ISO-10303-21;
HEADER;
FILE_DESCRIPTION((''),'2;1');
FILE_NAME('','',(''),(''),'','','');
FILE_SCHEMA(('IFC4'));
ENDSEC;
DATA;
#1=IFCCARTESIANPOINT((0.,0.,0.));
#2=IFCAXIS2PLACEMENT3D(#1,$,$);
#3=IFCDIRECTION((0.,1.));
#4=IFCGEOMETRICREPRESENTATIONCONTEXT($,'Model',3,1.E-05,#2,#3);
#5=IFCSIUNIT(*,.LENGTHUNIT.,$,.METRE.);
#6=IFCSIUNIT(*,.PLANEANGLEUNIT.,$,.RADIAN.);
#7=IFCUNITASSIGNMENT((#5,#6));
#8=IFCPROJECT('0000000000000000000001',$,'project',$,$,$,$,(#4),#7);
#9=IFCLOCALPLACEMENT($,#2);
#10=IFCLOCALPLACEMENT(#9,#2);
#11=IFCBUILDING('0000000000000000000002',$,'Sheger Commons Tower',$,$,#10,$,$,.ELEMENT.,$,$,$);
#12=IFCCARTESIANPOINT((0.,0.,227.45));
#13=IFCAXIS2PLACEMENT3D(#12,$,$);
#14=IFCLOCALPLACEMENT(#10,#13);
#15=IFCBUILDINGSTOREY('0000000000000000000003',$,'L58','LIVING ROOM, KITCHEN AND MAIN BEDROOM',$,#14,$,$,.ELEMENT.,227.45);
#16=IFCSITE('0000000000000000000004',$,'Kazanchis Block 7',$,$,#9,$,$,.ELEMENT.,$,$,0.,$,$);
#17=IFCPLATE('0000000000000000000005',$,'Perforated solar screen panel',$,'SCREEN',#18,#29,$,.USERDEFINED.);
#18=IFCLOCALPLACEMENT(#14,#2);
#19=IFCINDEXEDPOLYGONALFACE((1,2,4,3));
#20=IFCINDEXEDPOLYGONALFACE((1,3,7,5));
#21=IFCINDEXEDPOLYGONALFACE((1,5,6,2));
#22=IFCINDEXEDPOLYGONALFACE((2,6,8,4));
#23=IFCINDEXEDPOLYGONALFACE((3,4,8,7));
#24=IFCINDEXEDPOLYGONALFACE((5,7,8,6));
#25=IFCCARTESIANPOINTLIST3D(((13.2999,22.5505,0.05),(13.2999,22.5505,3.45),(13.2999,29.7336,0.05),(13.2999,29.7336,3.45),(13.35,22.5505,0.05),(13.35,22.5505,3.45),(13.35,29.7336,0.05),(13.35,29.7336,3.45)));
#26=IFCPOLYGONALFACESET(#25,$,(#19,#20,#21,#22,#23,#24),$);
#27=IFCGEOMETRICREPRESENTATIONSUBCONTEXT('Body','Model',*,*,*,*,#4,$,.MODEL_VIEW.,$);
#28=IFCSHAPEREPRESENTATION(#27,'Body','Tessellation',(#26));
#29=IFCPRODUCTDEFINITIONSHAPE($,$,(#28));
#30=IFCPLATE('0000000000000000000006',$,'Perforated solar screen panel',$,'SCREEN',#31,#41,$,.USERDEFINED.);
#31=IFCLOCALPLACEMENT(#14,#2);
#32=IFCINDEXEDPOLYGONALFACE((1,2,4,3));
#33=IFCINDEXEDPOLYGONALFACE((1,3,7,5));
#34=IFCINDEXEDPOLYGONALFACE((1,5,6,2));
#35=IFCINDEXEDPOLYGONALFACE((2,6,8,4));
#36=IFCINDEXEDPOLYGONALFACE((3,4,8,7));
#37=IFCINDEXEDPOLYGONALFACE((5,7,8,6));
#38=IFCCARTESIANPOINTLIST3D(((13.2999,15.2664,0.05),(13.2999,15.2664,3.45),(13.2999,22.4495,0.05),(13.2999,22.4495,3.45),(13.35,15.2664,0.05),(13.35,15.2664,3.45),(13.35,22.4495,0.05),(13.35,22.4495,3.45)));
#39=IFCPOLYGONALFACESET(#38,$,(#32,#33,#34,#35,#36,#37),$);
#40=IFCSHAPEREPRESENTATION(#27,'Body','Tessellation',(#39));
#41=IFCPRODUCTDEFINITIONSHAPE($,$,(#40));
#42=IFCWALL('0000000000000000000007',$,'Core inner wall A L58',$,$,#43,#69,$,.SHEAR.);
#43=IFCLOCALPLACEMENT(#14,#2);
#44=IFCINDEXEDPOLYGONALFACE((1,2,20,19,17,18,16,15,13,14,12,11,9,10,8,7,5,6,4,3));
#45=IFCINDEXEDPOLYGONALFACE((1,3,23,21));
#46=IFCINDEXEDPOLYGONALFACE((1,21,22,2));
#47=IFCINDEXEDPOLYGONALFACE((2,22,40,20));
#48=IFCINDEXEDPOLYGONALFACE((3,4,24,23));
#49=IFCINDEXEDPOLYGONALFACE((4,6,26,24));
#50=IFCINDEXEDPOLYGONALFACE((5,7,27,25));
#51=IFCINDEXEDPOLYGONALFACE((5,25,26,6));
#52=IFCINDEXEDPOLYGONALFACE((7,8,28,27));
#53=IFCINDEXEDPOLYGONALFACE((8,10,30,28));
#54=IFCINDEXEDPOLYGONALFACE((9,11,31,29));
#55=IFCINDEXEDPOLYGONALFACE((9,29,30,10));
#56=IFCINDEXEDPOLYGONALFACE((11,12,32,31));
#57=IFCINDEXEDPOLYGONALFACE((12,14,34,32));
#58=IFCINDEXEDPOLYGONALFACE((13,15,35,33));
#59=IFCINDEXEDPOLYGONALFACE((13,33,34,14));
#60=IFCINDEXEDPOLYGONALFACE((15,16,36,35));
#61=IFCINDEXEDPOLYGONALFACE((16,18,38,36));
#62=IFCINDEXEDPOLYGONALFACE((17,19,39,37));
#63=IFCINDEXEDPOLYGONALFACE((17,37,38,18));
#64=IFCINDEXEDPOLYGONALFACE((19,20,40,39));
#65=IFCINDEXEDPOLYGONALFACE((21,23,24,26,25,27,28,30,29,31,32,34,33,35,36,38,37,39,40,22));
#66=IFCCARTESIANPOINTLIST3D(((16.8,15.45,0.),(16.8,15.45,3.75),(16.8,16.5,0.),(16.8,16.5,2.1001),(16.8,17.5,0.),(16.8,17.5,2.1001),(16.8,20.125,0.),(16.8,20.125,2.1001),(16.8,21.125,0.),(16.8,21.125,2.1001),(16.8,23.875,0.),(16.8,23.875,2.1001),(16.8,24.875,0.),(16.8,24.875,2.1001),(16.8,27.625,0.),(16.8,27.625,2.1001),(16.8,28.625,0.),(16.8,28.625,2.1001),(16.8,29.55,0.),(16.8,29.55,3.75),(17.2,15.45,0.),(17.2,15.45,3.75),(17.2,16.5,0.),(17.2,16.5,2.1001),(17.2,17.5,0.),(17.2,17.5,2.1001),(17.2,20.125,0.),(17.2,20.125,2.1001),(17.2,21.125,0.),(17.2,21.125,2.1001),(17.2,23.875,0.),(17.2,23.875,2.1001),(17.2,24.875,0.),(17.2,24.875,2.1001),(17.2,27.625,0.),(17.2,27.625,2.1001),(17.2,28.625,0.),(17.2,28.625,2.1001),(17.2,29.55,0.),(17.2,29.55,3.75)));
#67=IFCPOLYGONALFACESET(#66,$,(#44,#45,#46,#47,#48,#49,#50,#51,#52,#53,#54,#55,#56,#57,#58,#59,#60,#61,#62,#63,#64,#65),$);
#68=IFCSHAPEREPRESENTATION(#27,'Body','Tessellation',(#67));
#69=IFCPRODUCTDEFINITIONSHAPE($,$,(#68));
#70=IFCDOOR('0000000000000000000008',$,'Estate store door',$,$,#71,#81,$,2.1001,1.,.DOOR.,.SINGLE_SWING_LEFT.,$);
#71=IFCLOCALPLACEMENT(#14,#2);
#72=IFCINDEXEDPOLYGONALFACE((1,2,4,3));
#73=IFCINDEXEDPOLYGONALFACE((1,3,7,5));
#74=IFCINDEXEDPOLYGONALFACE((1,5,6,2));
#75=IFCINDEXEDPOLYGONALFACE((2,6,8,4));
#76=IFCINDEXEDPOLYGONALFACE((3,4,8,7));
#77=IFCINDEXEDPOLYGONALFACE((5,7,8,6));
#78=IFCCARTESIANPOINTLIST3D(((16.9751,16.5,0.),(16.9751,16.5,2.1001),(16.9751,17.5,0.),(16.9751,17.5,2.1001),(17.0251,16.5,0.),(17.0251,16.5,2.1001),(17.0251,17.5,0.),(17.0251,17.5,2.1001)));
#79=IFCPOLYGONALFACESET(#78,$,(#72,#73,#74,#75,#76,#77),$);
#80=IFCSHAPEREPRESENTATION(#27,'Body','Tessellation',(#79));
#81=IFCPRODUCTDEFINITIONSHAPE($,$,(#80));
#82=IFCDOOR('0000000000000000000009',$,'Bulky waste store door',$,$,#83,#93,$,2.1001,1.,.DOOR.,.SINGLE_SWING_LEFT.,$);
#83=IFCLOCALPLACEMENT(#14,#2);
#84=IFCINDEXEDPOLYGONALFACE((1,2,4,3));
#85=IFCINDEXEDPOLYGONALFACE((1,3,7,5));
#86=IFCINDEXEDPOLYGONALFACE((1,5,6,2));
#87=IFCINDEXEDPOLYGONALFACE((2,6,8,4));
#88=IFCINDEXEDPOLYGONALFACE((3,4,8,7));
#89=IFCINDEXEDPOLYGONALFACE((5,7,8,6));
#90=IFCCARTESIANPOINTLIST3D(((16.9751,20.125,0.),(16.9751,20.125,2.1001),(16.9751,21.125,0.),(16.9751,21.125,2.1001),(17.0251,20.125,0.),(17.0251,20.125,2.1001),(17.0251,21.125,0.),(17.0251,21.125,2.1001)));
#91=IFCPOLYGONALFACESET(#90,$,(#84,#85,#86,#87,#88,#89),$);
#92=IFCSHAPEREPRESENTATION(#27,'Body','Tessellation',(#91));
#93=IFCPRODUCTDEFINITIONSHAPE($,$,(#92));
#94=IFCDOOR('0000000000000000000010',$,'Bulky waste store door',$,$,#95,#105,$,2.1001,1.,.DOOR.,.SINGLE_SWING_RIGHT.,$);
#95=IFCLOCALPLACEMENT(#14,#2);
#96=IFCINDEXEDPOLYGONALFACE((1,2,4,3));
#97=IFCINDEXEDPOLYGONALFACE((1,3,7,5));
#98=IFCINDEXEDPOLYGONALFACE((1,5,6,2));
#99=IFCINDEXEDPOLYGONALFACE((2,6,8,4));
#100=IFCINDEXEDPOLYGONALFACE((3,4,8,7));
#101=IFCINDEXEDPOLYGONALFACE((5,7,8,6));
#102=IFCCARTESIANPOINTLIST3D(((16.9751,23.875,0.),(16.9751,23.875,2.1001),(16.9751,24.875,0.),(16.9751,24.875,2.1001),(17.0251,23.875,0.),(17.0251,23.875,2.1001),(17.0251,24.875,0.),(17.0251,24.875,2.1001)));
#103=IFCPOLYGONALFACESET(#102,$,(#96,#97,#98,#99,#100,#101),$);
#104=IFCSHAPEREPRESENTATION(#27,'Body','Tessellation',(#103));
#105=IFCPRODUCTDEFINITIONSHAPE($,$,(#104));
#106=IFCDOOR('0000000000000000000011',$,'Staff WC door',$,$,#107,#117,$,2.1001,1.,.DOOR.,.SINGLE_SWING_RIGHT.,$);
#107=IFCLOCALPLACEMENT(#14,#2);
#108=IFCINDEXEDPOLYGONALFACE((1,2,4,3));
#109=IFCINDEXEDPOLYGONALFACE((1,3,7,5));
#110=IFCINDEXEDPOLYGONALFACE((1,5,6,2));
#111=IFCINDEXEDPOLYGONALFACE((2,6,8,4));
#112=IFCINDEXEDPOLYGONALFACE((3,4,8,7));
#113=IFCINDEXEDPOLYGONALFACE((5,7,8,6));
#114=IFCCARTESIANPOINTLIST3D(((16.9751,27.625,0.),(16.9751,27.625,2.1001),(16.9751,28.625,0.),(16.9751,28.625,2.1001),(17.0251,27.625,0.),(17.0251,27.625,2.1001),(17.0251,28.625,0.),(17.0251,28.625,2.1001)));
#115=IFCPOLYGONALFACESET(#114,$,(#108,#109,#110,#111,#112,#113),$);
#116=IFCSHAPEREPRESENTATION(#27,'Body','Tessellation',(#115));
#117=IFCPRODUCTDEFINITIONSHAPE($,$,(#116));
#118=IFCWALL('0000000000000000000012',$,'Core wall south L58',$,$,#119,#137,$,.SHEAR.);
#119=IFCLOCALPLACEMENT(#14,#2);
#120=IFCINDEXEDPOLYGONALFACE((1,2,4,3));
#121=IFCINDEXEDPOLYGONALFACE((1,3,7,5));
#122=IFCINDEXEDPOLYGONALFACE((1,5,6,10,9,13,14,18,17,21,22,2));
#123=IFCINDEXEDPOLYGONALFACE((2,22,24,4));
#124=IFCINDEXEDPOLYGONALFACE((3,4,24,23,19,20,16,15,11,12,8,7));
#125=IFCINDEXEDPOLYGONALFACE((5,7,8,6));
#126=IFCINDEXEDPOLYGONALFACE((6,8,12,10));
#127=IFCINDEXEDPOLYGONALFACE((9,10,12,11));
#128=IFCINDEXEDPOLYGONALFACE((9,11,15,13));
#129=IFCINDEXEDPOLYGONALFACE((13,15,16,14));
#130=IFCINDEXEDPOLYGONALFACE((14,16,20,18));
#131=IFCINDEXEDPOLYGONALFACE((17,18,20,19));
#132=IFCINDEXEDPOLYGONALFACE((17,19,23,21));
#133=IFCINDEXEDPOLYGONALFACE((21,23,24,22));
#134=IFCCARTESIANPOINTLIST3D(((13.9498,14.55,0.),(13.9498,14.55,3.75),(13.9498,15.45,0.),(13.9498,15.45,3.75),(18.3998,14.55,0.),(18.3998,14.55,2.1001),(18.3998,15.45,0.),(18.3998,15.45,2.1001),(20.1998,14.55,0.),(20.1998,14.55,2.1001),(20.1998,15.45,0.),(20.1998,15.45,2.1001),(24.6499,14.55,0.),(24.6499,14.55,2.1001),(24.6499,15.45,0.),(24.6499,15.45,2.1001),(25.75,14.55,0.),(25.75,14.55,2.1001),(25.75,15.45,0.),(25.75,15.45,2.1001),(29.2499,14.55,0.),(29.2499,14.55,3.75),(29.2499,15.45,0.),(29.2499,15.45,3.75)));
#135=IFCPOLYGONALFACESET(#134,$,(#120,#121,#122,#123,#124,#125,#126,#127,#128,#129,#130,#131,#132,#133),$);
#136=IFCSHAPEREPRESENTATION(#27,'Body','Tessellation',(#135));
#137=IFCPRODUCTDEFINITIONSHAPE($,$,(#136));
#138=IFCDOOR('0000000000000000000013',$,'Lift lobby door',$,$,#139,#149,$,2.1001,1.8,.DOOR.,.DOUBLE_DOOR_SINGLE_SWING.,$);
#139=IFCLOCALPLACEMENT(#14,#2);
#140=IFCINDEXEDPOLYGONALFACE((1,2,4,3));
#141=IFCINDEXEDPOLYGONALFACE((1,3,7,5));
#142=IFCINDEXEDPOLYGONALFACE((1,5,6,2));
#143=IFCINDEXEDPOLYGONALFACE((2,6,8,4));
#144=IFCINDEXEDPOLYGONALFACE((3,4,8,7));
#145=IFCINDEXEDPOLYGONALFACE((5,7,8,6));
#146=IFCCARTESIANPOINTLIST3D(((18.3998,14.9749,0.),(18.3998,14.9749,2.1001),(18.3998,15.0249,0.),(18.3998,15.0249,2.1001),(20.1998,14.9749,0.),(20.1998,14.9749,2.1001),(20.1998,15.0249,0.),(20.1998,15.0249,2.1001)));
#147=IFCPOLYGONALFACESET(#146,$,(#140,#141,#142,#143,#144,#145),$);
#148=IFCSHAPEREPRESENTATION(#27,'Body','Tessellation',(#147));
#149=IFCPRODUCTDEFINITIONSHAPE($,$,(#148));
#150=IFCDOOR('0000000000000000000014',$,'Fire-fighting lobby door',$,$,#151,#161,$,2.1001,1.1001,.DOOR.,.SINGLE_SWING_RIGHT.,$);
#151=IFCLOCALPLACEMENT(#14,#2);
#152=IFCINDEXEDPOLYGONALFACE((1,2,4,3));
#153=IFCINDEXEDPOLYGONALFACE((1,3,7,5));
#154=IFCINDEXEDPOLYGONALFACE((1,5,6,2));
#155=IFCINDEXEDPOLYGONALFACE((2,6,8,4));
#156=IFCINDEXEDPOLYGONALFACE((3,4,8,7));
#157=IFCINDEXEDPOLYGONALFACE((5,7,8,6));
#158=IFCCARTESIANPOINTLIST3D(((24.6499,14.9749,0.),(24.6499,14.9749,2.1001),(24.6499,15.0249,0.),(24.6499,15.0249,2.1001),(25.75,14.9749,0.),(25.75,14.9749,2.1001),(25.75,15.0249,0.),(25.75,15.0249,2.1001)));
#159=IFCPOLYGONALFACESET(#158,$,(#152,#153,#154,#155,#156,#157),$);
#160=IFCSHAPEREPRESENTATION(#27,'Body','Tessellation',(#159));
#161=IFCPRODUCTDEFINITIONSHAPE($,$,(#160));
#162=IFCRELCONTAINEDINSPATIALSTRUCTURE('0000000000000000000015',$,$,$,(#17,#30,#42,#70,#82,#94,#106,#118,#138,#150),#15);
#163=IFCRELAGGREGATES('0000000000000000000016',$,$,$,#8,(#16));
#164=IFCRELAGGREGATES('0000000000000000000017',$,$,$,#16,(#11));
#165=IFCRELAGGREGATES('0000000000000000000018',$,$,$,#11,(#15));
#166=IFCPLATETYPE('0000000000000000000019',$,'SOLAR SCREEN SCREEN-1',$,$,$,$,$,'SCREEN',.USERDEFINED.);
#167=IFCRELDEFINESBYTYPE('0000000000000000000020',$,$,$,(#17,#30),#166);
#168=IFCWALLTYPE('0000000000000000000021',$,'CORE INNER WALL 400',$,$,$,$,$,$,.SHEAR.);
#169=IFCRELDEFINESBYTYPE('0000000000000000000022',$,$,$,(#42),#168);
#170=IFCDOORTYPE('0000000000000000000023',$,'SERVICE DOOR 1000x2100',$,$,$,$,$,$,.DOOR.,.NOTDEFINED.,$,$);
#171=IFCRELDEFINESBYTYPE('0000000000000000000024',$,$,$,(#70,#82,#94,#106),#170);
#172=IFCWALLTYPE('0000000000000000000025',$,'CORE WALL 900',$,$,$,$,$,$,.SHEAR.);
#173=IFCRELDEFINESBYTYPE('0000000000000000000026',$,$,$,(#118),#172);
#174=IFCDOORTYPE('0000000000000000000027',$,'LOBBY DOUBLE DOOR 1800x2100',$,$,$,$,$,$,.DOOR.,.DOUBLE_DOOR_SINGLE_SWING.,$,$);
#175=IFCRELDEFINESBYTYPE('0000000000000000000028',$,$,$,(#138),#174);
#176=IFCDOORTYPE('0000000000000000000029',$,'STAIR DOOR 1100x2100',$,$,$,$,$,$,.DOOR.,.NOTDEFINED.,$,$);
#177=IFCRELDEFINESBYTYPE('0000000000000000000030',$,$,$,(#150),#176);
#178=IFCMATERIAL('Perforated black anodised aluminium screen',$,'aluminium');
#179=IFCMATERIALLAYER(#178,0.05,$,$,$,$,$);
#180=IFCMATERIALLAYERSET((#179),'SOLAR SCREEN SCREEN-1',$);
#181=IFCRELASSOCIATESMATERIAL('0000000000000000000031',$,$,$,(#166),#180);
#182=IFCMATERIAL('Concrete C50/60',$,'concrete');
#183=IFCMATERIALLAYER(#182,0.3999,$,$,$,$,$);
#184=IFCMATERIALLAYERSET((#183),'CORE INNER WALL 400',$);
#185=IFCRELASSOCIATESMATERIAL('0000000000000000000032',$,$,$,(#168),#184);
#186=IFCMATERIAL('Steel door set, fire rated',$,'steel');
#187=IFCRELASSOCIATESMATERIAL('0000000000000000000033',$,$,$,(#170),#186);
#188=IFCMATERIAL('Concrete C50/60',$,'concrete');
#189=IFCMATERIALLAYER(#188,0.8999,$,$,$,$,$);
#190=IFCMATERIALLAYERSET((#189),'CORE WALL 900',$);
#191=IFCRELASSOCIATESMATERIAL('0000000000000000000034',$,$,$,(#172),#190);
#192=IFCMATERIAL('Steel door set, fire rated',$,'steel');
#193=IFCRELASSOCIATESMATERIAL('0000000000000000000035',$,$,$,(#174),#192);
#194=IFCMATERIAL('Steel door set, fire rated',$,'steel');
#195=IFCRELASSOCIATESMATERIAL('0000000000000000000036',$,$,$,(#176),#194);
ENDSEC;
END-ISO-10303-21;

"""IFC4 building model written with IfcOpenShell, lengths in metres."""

from ifc_helpers import new_model, si_unit, direction, frame, frame_2d, origin, origin_2d, place, context, subcontext, project, spatial, rectangle, extrude, material, layer, layer_set, type_object, element, fill, save


model = new_model("IFC4")

# Units and contexts
model_context = context("Model", 3, precision=1e-05, world=origin(), true_north=direction((0.0, 1.0)))
body_context = subcontext(model_context, "Body", "Model", "MODEL_VIEW")
ifc_project = project(units=[si_unit("LENGTHUNIT", "METRE"), si_unit("PLANEANGLEUNIT", "RADIAN")], contexts=[model_context])

# Site, building, storey
site_placement = place(None, origin())
site = spatial("IfcSite", under=ifc_project, at=site_placement, Name="Kazanchis Block 7", CompositionType="ELEMENT", RefElevation=0.0)
building_placement = place(site_placement, origin())
building = spatial("IfcBuilding", under=site, at=building_placement, Name="Sheger Commons Tower", CompositionType="ELEMENT")
storey_placement = place(building_placement, frame((0.0, 0.0, 227.45)))
storey = spatial("IfcBuildingStorey", under=building, at=storey_placement, Name="L58", Description="LIVING ROOM, KITCHEN AND MAIN BEDROOM", CompositionType="ELEMENT", Elevation=227.45)

# Plates
ifc_material_1 = material(Name="Perforated black anodised aluminium screen", Category="aluminium")
ifc_layer_1 = layer(ifc_material_1, 0.05)
ifc_layer_set_1 = layer_set([ifc_layer_1], Name="SOLAR SCREEN SCREEN-1")
plate_type = type_object("IfcPlateType", Name="SOLAR SCREEN SCREEN-1", ElementType="SCREEN", PredefinedType="USERDEFINED", material=ifc_layer_set_1)
for number, where, z_axis, x_axis, name in (
    (1, (13.325, 26.1421, 0.05), (0.0, 0.0, 1.0), (0.0, -1.0, 0.0), "Perforated solar screen panel"),
    (2, (13.325, 18.8579, 0.05), (0.0, 0.0, 1.0), (0.0, -1.0, 0.0), "Perforated solar screen panel"),
):
    element("IfcPlate", number, at=place(storey_placement, frame(where, z_axis=z_axis, x_axis=x_axis)), inside=storey, type_object=plate_type, Name=name, ObjectType="SCREEN", PredefinedType="USERDEFINED", context=body_context, shape_type="SweptSolid", body=[
        extrude(rectangle(XDim=7.1831, YDim=0.05, at=origin_2d()), origin(), (0.0, 0.0, 1.0), 3.3999),
    ])

# Walls, openings, doors
ifc_material_2 = material(Name="Concrete C50/60", Category="concrete")
ifc_layer_2 = layer(ifc_material_2, 0.3999)
ifc_layer_set_2 = layer_set([ifc_layer_2], Name="CORE INNER WALL 400")
wall_type_1 = type_object("IfcWallType", Name="CORE INNER WALL 400", PredefinedType="SHEAR", material=ifc_layer_set_2)
wall_1_placement = place(storey_placement, frame((17.0, 15.45, 0.0), z_axis=(0.0, 0.0, 1.0), x_axis=(0.0, 1.0, 0.0)))
wall_1 = element("IfcWall", 3, at=wall_1_placement, inside=storey, type_object=wall_type_1, Name="Core inner wall A L58", PredefinedType="SHEAR", context=body_context, shape_type="SweptSolid", body=[
    extrude(rectangle(XDim=14.1001, YDim=0.3999, at=frame_2d((7.05, 0.0))), origin(), (0.0, 0.0, 1.0), 3.75),
])
opening_1_placement = place(wall_1_placement, frame((1.05, 0.0, 0.0)))
opening_1 = element("IfcOpeningElement", 4, at=opening_1_placement, cuts=wall_1, PredefinedType="OPENING", context=body_context, shape_type="SweptSolid", body=[
    extrude(rectangle(XDim=1.0, YDim=2.1001, at=frame_2d((0.5, 1.05))), frame((0.0, 0.21, 0.0), z_axis=(0.0, -1.0, 0.0), x_axis=(1.0, 0.0, 0.0)), (0.0, 0.0, 1.0), 0.4199),
])
opening_2_placement = place(wall_1_placement, frame((4.675, 0.0, 0.0)))
opening_2 = element("IfcOpeningElement", 5, at=opening_2_placement, cuts=wall_1, PredefinedType="OPENING", context=body_context, shape_type="SweptSolid", body=[
    extrude(rectangle(XDim=1.0, YDim=2.1001, at=frame_2d((0.5, 1.05))), frame((0.0, 0.21, 0.0), z_axis=(0.0, -1.0, 0.0), x_axis=(1.0, 0.0, 0.0)), (0.0, 0.0, 1.0), 0.4199),
])
opening_3_placement = place(wall_1_placement, frame((8.425, 0.0, 0.0)))
opening_3 = element("IfcOpeningElement", 6, at=opening_3_placement, cuts=wall_1, PredefinedType="OPENING", context=body_context, shape_type="SweptSolid", body=[
    extrude(rectangle(XDim=1.0, YDim=2.1001, at=frame_2d((0.5, 1.05))), frame((0.0, 0.21, 0.0), z_axis=(0.0, -1.0, 0.0), x_axis=(1.0, 0.0, 0.0)), (0.0, 0.0, 1.0), 0.4199),
])
opening_4_placement = place(wall_1_placement, frame((12.175, 0.0, 0.0)))
opening_4 = element("IfcOpeningElement", 7, at=opening_4_placement, cuts=wall_1, PredefinedType="OPENING", context=body_context, shape_type="SweptSolid", body=[
    extrude(rectangle(XDim=1.0, YDim=2.1001, at=frame_2d((0.5, 1.05))), frame((0.0, 0.21, 0.0), z_axis=(0.0, -1.0, 0.0), x_axis=(1.0, 0.0, 0.0)), (0.0, 0.0, 1.0), 0.4199),
])
ifc_material_3 = material(Name="Steel door set, fire rated", Category="steel")
door_type_1 = type_object("IfcDoorType", Name="SERVICE DOOR 1000x2100", OperationType="NOTDEFINED", PredefinedType="DOOR", material=ifc_material_3)
door_1_placement = place(opening_1_placement, origin())
door_1 = element("IfcDoor", 8, at=door_1_placement, inside=storey, type_object=door_type_1, Name="Estate store door", OperationType="SINGLE_SWING_LEFT", OverallHeight=2.1001, OverallWidth=1.0, PredefinedType="DOOR", context=body_context, shape_type="SweptSolid", body=[
    extrude(rectangle(XDim=1.0, YDim=2.1001, at=frame_2d((0.5, 1.05))), frame((0.0, 0.0249, 0.0), z_axis=(0.0, -1.0, 0.0), x_axis=(1.0, 0.0, 0.0)), (0.0, 0.0, 1.0), 0.05),
])
fill(opening_1, door_1)
door_2_placement = place(opening_2_placement, origin())
door_2 = element("IfcDoor", 9, at=door_2_placement, inside=storey, type_object=door_type_1, Name="Bulky waste store door", OperationType="SINGLE_SWING_LEFT", OverallHeight=2.1001, OverallWidth=1.0, PredefinedType="DOOR", context=body_context, shape_type="SweptSolid", body=[
    extrude(rectangle(XDim=1.0, YDim=2.1001, at=frame_2d((0.5, 1.05))), frame((0.0, 0.0249, 0.0), z_axis=(0.0, -1.0, 0.0), x_axis=(1.0, 0.0, 0.0)), (0.0, 0.0, 1.0), 0.05),
])
fill(opening_2, door_2)
door_3_placement = place(opening_3_placement, origin())
door_3 = element("IfcDoor", 10, at=door_3_placement, inside=storey, type_object=door_type_1, Name="Bulky waste store door", OperationType="SINGLE_SWING_RIGHT", OverallHeight=2.1001, OverallWidth=1.0, PredefinedType="DOOR", context=body_context, shape_type="SweptSolid", body=[
    extrude(rectangle(XDim=1.0, YDim=2.1001, at=frame_2d((0.5, 1.05))), frame((0.0, 0.0249, 0.0), z_axis=(0.0, -1.0, 0.0), x_axis=(1.0, 0.0, 0.0)), (0.0, 0.0, 1.0), 0.05),
])
fill(opening_3, door_3)
door_4_placement = place(opening_4_placement, origin())
door_4 = element("IfcDoor", 11, at=door_4_placement, inside=storey, type_object=door_type_1, Name="Staff WC door", OperationType="SINGLE_SWING_RIGHT", OverallHeight=2.1001, OverallWidth=1.0, PredefinedType="DOOR", context=body_context, shape_type="SweptSolid", body=[
    extrude(rectangle(XDim=1.0, YDim=2.1001, at=frame_2d((0.5, 1.05))), frame((0.0, 0.0249, 0.0), z_axis=(0.0, -1.0, 0.0), x_axis=(1.0, 0.0, 0.0)), (0.0, 0.0, 1.0), 0.05),
])
fill(opening_4, door_4)
ifc_material_4 = material(Name="Concrete C50/60", Category="concrete")
ifc_layer_3 = layer(ifc_material_4, 0.8999)
ifc_layer_set_3 = layer_set([ifc_layer_3], Name="CORE WALL 900")
wall_type_2 = type_object("IfcWallType", Name="CORE WALL 900", PredefinedType="SHEAR", material=ifc_layer_set_3)
wall_2_placement = place(storey_placement, frame((13.95, 15.0, 0.0), z_axis=(0.0, 0.0, 1.0), x_axis=(1.0, 0.0, 0.0)))
wall_2 = element("IfcWall", 12, at=wall_2_placement, inside=storey, type_object=wall_type_2, Name="Core wall south L58", PredefinedType="SHEAR", context=body_context, shape_type="SweptSolid", body=[
    extrude(rectangle(XDim=15.3, YDim=0.8999, at=frame_2d((7.6499, 0.0))), origin(), (0.0, 0.0, 1.0), 3.75),
])
opening_5_placement = place(wall_2_placement, frame((4.45, 0.0, 0.0)))
opening_5 = element("IfcOpeningElement", 13, at=opening_5_placement, cuts=wall_2, PredefinedType="OPENING", context=body_context, shape_type="SweptSolid", body=[
    extrude(rectangle(XDim=1.8, YDim=2.1001, at=frame_2d((0.8999, 1.05))), frame((0.0, 0.46, 0.0), z_axis=(0.0, -1.0, 0.0), x_axis=(1.0, 0.0, 0.0)), (0.0, 0.0, 1.0), 0.9199),
])
opening_6_placement = place(wall_2_placement, frame((10.7, 0.0, 0.0)))
opening_6 = element("IfcOpeningElement", 14, at=opening_6_placement, cuts=wall_2, PredefinedType="OPENING", context=body_context, shape_type="SweptSolid", body=[
    extrude(rectangle(XDim=1.1001, YDim=2.1001, at=frame_2d((0.55, 1.05))), frame((0.0, 0.46, 0.0), z_axis=(0.0, -1.0, 0.0), x_axis=(1.0, 0.0, 0.0)), (0.0, 0.0, 1.0), 0.9199),
])
ifc_material_5 = material(Name="Steel door set, fire rated", Category="steel")
door_type_2 = type_object("IfcDoorType", Name="LOBBY DOUBLE DOOR 1800x2100", OperationType="DOUBLE_DOOR_SINGLE_SWING", PredefinedType="DOOR", material=ifc_material_5)
door_5_placement = place(opening_5_placement, origin())
door_5 = element("IfcDoor", 15, at=door_5_placement, inside=storey, type_object=door_type_2, Name="Lift lobby door", OperationType="DOUBLE_DOOR_SINGLE_SWING", OverallHeight=2.1001, OverallWidth=1.8, PredefinedType="DOOR", context=body_context, shape_type="SweptSolid", body=[
    extrude(rectangle(XDim=1.8, YDim=2.1001, at=frame_2d((0.8999, 1.05))), frame((0.0, 0.0249, 0.0), z_axis=(0.0, -1.0, 0.0), x_axis=(1.0, 0.0, 0.0)), (0.0, 0.0, 1.0), 0.05),
])
fill(opening_5, door_5)
ifc_material_6 = material(Name="Steel door set, fire rated", Category="steel")
door_type_3 = type_object("IfcDoorType", Name="STAIR DOOR 1100x2100", OperationType="NOTDEFINED", PredefinedType="DOOR", material=ifc_material_6)
door_6_placement = place(opening_6_placement, origin())
door_6 = element("IfcDoor", 16, at=door_6_placement, inside=storey, type_object=door_type_3, Name="Fire-fighting lobby door", OperationType="SINGLE_SWING_RIGHT", OverallHeight=2.1001, OverallWidth=1.1001, PredefinedType="DOOR", context=body_context, shape_type="SweptSolid", body=[
    extrude(rectangle(XDim=1.1001, YDim=2.1001, at=frame_2d((0.55, 1.05))), frame((0.0, 0.0249, 0.0), z_axis=(0.0, -1.0, 0.0), x_axis=(1.0, 0.0, 0.0)), (0.0, 0.0, 1.0), 0.05),
])
fill(opening_6, door_6)

save(model, "model.ifc")
